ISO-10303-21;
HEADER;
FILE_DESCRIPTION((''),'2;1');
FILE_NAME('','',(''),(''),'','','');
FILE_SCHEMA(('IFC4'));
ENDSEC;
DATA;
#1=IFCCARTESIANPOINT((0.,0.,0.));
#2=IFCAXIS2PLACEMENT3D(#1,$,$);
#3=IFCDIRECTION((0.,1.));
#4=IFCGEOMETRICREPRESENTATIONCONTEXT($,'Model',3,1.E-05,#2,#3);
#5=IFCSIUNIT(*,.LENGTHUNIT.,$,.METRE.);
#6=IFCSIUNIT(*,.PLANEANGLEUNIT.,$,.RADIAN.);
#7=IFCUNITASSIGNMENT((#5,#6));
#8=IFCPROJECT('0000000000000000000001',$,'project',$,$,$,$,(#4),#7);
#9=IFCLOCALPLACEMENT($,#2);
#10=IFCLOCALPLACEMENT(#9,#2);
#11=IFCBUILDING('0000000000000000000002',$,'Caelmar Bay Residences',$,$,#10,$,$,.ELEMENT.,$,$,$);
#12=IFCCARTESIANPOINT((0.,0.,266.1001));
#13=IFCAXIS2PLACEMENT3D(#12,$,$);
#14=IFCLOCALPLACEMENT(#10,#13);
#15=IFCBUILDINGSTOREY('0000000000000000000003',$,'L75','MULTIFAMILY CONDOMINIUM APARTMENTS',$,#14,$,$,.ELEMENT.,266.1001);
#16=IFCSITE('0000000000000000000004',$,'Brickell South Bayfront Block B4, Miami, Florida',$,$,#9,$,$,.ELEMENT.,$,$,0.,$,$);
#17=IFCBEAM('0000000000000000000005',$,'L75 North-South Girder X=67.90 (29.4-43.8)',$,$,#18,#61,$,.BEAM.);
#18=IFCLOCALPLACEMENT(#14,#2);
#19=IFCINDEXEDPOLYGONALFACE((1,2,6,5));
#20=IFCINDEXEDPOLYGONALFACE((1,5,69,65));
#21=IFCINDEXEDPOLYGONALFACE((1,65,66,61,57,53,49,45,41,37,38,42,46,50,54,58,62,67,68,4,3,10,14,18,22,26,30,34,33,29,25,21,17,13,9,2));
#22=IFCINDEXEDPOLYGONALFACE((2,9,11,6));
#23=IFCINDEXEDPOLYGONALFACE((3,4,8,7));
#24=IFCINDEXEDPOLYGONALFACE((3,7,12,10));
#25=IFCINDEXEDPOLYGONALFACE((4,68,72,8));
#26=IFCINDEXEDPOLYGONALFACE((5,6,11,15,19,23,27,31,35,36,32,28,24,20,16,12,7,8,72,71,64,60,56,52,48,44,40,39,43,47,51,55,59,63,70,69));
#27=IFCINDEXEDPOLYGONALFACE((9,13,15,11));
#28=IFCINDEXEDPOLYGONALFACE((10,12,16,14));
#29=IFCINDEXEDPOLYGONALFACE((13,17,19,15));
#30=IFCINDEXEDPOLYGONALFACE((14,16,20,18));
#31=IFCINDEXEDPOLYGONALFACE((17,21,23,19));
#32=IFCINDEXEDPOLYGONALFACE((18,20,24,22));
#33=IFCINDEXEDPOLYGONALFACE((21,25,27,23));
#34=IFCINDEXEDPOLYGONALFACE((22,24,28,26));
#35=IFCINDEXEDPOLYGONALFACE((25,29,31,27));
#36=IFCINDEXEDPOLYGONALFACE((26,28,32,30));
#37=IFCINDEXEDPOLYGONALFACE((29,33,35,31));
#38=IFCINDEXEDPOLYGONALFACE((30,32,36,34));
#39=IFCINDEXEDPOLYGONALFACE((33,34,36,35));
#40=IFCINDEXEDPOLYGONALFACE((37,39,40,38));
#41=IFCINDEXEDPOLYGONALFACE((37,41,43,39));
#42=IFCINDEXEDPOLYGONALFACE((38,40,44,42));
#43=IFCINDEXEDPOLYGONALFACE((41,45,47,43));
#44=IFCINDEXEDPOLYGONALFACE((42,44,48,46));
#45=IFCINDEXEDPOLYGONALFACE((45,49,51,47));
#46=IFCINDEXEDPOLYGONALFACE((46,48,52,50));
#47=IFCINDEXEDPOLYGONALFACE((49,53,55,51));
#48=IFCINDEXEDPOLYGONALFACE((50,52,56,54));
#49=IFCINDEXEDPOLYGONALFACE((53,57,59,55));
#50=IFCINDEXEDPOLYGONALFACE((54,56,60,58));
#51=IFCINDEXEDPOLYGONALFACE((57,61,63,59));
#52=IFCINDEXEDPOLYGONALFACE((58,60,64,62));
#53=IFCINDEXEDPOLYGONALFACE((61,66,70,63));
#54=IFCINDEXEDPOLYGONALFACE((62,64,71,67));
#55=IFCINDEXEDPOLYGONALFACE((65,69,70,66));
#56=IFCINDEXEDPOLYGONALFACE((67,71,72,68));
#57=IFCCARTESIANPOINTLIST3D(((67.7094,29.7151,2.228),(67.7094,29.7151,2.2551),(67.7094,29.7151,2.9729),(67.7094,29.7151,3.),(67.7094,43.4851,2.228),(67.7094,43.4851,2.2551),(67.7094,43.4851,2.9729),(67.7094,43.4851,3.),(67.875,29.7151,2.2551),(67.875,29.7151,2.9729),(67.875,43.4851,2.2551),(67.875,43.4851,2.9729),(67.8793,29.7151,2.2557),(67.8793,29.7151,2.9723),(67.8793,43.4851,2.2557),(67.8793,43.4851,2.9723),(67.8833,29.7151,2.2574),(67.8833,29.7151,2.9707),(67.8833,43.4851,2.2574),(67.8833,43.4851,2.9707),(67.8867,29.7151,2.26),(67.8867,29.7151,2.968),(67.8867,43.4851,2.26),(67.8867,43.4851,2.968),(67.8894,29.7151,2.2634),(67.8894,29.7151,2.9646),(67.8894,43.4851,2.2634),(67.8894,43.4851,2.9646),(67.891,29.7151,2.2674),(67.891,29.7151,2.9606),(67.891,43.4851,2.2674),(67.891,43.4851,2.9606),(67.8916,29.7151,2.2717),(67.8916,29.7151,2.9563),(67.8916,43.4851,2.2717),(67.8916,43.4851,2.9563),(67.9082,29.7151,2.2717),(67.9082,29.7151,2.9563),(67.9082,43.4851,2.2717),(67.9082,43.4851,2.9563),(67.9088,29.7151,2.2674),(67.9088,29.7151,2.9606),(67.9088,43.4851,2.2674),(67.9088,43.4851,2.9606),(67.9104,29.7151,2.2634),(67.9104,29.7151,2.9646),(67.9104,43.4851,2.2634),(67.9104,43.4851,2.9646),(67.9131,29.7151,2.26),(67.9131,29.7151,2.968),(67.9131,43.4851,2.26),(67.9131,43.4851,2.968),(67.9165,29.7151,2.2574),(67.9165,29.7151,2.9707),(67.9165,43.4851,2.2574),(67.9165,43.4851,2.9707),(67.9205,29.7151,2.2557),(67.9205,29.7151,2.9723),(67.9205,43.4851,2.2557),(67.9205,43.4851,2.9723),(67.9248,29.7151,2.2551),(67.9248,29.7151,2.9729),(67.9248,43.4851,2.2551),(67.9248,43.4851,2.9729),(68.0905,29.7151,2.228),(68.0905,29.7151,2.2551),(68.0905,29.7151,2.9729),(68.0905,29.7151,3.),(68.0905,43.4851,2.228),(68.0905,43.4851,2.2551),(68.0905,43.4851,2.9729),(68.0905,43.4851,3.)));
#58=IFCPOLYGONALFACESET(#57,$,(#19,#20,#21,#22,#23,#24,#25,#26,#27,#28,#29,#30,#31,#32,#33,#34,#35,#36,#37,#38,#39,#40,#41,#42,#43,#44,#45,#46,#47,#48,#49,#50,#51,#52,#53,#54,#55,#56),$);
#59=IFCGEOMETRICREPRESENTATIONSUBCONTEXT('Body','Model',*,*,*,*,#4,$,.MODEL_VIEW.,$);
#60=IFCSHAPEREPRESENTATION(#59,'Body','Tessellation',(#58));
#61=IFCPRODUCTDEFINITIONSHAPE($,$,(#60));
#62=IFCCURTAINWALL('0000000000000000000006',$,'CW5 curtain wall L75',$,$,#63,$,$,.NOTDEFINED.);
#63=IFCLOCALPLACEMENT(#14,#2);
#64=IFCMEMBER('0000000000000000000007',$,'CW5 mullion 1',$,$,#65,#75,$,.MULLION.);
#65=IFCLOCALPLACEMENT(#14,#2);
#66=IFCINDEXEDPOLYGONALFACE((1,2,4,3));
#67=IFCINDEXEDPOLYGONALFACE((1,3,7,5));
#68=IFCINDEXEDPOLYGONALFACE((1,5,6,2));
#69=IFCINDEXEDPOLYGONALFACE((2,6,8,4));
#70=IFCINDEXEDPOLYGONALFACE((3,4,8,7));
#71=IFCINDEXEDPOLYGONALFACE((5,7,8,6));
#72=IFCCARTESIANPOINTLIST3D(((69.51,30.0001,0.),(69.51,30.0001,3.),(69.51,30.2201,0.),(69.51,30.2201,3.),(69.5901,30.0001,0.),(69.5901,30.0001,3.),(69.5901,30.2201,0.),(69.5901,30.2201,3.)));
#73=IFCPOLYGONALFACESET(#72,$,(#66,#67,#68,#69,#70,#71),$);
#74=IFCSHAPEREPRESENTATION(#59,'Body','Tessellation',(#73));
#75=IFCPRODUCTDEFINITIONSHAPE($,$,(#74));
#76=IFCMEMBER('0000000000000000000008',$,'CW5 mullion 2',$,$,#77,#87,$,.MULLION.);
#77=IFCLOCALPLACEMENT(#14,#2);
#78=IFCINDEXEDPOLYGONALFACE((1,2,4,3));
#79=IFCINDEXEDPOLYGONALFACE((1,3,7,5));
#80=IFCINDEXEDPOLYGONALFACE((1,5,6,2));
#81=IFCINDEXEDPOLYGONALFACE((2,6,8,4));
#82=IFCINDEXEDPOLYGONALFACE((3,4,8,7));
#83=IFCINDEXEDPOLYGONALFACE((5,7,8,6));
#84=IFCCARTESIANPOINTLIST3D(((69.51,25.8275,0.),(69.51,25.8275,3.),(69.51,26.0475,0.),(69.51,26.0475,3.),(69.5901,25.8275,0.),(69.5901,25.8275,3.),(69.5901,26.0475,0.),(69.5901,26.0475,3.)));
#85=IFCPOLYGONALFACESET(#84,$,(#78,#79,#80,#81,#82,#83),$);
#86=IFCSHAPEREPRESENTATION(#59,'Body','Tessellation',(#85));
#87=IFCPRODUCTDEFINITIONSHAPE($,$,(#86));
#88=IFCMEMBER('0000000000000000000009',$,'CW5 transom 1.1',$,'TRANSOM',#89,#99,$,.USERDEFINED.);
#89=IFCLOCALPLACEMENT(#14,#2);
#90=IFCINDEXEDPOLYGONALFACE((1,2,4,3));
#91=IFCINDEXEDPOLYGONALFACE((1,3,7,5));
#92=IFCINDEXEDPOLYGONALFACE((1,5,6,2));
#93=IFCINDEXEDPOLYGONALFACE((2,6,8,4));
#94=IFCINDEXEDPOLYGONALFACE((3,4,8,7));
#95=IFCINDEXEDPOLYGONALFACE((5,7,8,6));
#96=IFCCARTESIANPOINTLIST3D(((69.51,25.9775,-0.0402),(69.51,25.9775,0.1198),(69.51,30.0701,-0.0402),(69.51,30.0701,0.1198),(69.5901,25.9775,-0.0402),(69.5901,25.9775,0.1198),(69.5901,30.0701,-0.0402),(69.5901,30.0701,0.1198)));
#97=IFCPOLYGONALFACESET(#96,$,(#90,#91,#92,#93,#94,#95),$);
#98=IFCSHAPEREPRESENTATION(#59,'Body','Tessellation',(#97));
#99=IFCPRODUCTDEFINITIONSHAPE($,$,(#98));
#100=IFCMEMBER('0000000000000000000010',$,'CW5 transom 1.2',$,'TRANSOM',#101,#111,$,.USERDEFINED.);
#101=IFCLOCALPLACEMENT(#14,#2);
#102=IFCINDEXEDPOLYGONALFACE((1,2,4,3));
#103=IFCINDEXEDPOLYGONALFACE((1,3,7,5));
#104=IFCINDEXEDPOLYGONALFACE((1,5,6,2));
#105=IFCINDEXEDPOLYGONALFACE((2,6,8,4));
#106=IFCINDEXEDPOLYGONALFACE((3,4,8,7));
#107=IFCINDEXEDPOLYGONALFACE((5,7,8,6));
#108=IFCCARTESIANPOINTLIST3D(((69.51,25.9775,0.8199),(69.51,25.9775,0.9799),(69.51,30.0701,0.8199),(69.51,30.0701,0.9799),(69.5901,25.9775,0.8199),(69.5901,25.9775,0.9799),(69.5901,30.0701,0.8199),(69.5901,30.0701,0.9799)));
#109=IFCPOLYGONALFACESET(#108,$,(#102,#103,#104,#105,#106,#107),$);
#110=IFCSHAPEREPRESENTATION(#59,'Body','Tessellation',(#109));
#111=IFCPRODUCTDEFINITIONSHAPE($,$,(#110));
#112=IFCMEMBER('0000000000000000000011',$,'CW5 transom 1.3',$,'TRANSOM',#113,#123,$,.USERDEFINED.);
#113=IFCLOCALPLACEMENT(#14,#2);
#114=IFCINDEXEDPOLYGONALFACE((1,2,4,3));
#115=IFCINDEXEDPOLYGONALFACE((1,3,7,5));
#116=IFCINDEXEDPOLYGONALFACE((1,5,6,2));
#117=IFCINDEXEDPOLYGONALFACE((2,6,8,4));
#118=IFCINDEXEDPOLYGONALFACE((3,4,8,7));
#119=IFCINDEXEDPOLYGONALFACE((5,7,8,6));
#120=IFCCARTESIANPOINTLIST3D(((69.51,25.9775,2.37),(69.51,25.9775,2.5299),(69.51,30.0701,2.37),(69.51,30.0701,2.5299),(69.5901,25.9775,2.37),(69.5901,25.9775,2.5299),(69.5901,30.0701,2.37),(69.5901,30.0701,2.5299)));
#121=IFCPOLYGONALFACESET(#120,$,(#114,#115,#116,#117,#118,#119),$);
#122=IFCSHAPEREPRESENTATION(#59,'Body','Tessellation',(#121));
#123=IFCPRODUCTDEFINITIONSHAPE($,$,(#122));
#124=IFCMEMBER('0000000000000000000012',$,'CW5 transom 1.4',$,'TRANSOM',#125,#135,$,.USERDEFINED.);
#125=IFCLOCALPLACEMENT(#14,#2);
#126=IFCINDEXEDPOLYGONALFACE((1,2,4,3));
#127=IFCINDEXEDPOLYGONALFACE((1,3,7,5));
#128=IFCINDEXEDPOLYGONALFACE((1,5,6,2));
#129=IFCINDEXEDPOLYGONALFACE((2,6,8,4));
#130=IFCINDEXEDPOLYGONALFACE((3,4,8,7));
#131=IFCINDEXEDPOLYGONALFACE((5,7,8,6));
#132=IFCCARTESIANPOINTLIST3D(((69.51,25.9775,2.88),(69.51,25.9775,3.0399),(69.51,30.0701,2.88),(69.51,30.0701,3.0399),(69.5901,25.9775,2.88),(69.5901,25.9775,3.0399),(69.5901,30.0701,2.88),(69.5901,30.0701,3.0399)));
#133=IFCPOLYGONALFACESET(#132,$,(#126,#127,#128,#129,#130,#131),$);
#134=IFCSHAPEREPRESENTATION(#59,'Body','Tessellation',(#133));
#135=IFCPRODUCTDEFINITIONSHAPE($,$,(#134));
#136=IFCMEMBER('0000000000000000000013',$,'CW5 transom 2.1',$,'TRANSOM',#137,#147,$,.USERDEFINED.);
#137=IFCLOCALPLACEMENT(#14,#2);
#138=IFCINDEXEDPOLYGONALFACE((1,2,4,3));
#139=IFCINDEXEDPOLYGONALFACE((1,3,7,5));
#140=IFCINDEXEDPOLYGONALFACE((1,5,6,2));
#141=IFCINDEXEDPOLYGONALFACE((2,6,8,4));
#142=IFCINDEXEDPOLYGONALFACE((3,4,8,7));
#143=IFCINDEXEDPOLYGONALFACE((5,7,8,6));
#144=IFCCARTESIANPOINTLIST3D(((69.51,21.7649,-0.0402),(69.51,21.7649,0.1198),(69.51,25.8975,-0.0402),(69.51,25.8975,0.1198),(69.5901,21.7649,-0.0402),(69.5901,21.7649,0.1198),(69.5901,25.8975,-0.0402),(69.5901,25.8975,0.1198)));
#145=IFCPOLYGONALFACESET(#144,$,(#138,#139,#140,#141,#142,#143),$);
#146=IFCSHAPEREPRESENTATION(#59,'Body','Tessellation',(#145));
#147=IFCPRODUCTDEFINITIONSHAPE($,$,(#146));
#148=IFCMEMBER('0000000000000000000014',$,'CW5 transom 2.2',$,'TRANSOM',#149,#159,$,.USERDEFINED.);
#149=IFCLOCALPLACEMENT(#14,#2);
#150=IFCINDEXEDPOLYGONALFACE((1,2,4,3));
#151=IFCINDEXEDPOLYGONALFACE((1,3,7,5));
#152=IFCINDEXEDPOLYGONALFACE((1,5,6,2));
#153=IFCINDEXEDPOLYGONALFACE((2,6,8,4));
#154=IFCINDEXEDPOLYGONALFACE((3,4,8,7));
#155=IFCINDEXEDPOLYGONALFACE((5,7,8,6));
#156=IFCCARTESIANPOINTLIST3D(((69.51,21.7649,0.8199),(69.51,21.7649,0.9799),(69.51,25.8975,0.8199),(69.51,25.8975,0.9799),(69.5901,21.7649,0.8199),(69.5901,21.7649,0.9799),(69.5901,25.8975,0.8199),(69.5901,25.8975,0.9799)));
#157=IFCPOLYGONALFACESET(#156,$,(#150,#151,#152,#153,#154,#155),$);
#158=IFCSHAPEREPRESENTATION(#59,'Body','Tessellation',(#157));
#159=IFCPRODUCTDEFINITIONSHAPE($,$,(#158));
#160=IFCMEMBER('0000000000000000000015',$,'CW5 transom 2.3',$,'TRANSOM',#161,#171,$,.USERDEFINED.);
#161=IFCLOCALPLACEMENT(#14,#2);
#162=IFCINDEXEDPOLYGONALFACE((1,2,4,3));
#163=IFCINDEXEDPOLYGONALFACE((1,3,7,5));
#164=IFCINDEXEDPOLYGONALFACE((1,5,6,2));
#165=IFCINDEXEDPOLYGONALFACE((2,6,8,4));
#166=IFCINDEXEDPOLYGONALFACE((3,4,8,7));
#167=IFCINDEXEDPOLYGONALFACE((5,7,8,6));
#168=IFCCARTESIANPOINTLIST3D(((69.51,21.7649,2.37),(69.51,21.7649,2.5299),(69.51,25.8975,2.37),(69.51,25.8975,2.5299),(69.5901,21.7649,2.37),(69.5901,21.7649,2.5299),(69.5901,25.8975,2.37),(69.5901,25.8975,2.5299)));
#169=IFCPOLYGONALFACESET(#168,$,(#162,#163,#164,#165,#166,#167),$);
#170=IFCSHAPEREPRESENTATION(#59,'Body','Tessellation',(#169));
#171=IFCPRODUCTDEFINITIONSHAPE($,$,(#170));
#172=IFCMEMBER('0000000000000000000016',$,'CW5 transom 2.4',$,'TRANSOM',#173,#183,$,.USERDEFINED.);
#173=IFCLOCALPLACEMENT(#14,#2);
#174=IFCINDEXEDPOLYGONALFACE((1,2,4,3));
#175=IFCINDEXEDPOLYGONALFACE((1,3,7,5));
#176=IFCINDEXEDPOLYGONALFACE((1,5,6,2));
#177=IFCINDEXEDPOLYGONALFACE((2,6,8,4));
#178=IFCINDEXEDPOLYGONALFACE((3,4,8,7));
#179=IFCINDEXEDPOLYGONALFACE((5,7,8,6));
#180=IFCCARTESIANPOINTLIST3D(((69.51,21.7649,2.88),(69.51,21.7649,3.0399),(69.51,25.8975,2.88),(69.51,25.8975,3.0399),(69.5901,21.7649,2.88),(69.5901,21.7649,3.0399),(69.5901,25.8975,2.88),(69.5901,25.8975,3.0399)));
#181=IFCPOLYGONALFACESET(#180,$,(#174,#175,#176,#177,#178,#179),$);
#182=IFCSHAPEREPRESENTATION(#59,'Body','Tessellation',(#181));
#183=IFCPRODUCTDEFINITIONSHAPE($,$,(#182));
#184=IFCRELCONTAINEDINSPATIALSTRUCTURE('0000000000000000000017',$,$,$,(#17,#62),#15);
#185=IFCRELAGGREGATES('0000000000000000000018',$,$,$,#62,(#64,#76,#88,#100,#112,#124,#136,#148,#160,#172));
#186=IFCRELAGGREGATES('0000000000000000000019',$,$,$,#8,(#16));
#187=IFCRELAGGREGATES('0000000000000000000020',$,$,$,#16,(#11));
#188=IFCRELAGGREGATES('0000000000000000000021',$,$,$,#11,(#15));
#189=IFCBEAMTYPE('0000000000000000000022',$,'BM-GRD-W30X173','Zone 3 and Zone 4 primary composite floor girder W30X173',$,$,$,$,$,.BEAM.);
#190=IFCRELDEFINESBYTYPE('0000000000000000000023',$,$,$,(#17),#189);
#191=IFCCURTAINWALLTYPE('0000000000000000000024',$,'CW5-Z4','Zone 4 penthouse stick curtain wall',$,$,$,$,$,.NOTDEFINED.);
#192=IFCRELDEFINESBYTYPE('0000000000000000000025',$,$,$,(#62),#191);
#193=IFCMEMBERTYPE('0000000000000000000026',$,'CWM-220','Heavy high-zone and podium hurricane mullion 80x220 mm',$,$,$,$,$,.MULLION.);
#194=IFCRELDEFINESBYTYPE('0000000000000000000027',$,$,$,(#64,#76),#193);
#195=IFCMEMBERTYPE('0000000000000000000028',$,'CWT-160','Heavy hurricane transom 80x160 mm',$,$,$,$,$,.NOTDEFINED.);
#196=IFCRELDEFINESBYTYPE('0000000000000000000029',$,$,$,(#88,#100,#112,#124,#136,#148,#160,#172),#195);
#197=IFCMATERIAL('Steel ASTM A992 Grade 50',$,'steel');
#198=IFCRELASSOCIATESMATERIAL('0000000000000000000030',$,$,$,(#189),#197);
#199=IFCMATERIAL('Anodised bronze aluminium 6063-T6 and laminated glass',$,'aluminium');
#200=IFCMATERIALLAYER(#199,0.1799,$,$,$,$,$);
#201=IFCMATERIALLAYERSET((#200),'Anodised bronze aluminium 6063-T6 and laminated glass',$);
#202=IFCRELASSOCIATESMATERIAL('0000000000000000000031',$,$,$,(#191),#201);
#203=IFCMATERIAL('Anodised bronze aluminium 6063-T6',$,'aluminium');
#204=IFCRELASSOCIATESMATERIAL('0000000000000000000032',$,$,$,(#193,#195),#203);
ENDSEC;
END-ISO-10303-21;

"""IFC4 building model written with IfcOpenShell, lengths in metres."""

from ifc_helpers import new_model, si_unit, direction, frame, origin, origin_2d, place, context, subcontext, project, spatial, rectangle, i_section, extrude, material, layer, layer_set, material_profile, profile_set, type_object, element, aggregate, save


model = new_model("IFC4")

# Units and contexts
model_context = context("Model", 3, precision=1e-05, world=origin(), true_north=direction((0.0, 1.0)))
body_context = subcontext(model_context, "Body", "Model", "MODEL_VIEW")
ifc_project = project(units=[si_unit("LENGTHUNIT", "METRE"), si_unit("PLANEANGLEUNIT", "RADIAN")], contexts=[model_context])

# Site, building, storey
site_placement = place(None, origin())
site = spatial("IfcSite", under=ifc_project, at=site_placement, Name="Brickell South Bayfront Block B4, Miami, Florida", CompositionType="ELEMENT", RefElevation=0.0)
building_placement = place(site_placement, origin())
building = spatial("IfcBuilding", under=site, at=building_placement, Name="Caelmar Bay Residences", CompositionType="ELEMENT")
storey_placement = place(building_placement, frame((0.0, 0.0, 266.1001)))
storey = spatial("IfcBuildingStorey", under=building, at=storey_placement, Name="L75", Description="MULTIFAMILY CONDOMINIUM APARTMENTS", CompositionType="ELEMENT", Elevation=266.1001)

# Beam
ifc_material_1 = material(Name="Steel ASTM A992 Grade 50", Category="steel")
ifc_material_profile_1 = material_profile(ifc_material_1, i_section(OverallWidth=0.3811, OverallDepth=0.772, WebThickness=0.0166, FlangeThickness=0.0271, FilletRadius=0.0166, at=origin_2d()), Name="W30X173")
ifc_profile_set_1 = profile_set([ifc_material_profile_1], Name="Steel ASTM A992 Grade 50")
beam_type_1 = type_object("IfcBeamType", Name="BM-GRD-W30X173", Description="Zone 3 and Zone 4 primary composite floor girder W30X173", PredefinedType="BEAM", material=ifc_profile_set_1)
beam_1_placement = place(storey_placement, frame((67.8999, 29.7151, 2.614), z_axis=(0.0, 1.0, 0.0), x_axis=(-1.0, 0.0, 0.0)))
element("IfcBeam", 1, at=beam_1_placement, inside=storey, type_object=beam_type_1, Name="L75 North-South Girder X=67.90 (29.4-43.8)", PredefinedType="BEAM", context=body_context, shape_type="SweptSolid", body=[
    extrude(i_section(OverallWidth=0.3811, OverallDepth=0.772, WebThickness=0.0166, FlangeThickness=0.0271, FilletRadius=0.0166, at=origin_2d()), origin(), (0.0, 0.0, 1.0), 13.77),
])

# Curtain wall, members
ifc_material_2 = material(Name="Anodised bronze aluminium 6063-T6 and laminated glass", Category="aluminium")
ifc_layer_1 = layer(ifc_material_2, 0.1799)
ifc_layer_set_1 = layer_set([ifc_layer_1], Name="Anodised bronze aluminium 6063-T6 and laminated glass")
curtain_wall_type = type_object("IfcCurtainWallType", Name="CW5-Z4", Description="Zone 4 penthouse stick curtain wall", PredefinedType="NOTDEFINED", material=ifc_layer_set_1)
curtain_wall_placement = place(storey_placement, origin())
curtain_wall = element("IfcCurtainWall", 2, at=curtain_wall_placement, inside=storey, type_object=curtain_wall_type, Name="CW5 curtain wall L75", PredefinedType="NOTDEFINED")
ifc_material_3 = material(Name="Anodised bronze aluminium 6063-T6", Category="aluminium")
ifc_material_profile_2 = material_profile(ifc_material_3, rectangle(XDim=0.0801, YDim=0.22, at=origin_2d()), Name="CWM-80X220")
ifc_profile_set_2 = profile_set([ifc_material_profile_2], Name="Anodised bronze aluminium 6063-T6")
member_type_1 = type_object("IfcMemberType", Name="CWM-220", Description="Heavy high-zone and podium hurricane mullion 80x220 mm", PredefinedType="MULLION", material=ifc_profile_set_2)
member_1_placement = place(storey_placement, frame((69.55, 30.1101, 0.0), z_axis=(0.0, 0.0, 1.0), x_axis=(1.0, 0.0, 0.0)))
member_1 = element("IfcMember", 3, at=member_1_placement, type_object=member_type_1, Name="CW5 mullion 1", PredefinedType="MULLION", context=body_context, shape_type="SweptSolid", body=[
    extrude(rectangle(XDim=0.0801, YDim=0.22, at=origin_2d()), origin(), (0.0, 0.0, 1.0), 3.0),
])
member_2_placement = place(storey_placement, frame((69.55, 25.9375, 0.0), z_axis=(0.0, 0.0, 1.0), x_axis=(1.0, 0.0, 0.0)))
member_2 = element("IfcMember", 4, at=member_2_placement, type_object=member_type_1, Name="CW5 mullion 2", PredefinedType="MULLION", context=body_context, shape_type="SweptSolid", body=[
    extrude(rectangle(XDim=0.0801, YDim=0.22, at=origin_2d()), origin(), (0.0, 0.0, 1.0), 3.0),
])
ifc_material_profile_3 = material_profile(ifc_material_3, rectangle(XDim=0.0801, YDim=0.1599, at=origin_2d()), Name="CWT-80X160")
ifc_profile_set_3 = profile_set([ifc_material_profile_3], Name="Anodised bronze aluminium 6063-T6")
member_type_2 = type_object("IfcMemberType", Name="CWT-160", Description="Heavy hurricane transom 80x160 mm", PredefinedType="NOTDEFINED", material=ifc_profile_set_3)
member_3_placement = place(storey_placement, frame((69.55, 30.0701, 0.0398), z_axis=(0.0, -1.0, 0.0), x_axis=(1.0, 0.0, 0.0)))
member_3 = element("IfcMember", 5, at=member_3_placement, type_object=member_type_2, Name="CW5 transom 1.1", ObjectType="TRANSOM", PredefinedType="USERDEFINED", context=body_context, shape_type="SweptSolid", body=[
    extrude(rectangle(XDim=0.0801, YDim=0.1599, at=origin_2d()), origin(), (0.0, 0.0, 1.0), 4.0925),
])
member_4_placement = place(storey_placement, frame((69.55, 30.0701, 0.8999), z_axis=(0.0, -1.0, 0.0), x_axis=(1.0, 0.0, 0.0)))
member_4 = element("IfcMember", 6, at=member_4_placement, type_object=member_type_2, Name="CW5 transom 1.2", ObjectType="TRANSOM", PredefinedType="USERDEFINED", context=body_context, shape_type="SweptSolid", body=[
    extrude(rectangle(XDim=0.0801, YDim=0.1599, at=origin_2d()), origin(), (0.0, 0.0, 1.0), 4.0925),
])
member_5_placement = place(storey_placement, frame((69.55, 30.0701, 2.45), z_axis=(0.0, -1.0, 0.0), x_axis=(1.0, 0.0, 0.0)))
member_5 = element("IfcMember", 7, at=member_5_placement, type_object=member_type_2, Name="CW5 transom 1.3", ObjectType="TRANSOM", PredefinedType="USERDEFINED", context=body_context, shape_type="SweptSolid", body=[
    extrude(rectangle(XDim=0.0801, YDim=0.1599, at=origin_2d()), origin(), (0.0, 0.0, 1.0), 4.0925),
])
member_6_placement = place(storey_placement, frame((69.55, 30.0701, 2.96), z_axis=(0.0, -1.0, 0.0), x_axis=(1.0, 0.0, 0.0)))
member_6 = element("IfcMember", 8, at=member_6_placement, type_object=member_type_2, Name="CW5 transom 1.4", ObjectType="TRANSOM", PredefinedType="USERDEFINED", context=body_context, shape_type="SweptSolid", body=[
    extrude(rectangle(XDim=0.0801, YDim=0.1599, at=origin_2d()), origin(), (0.0, 0.0, 1.0), 4.0925),
])
member_7_placement = place(storey_placement, frame((69.55, 25.8975, 0.0398), z_axis=(0.0, -1.0, 0.0), x_axis=(1.0, 0.0, 0.0)))
member_7 = element("IfcMember", 9, at=member_7_placement, type_object=member_type_2, Name="CW5 transom 2.1", ObjectType="TRANSOM", PredefinedType="USERDEFINED", context=body_context, shape_type="SweptSolid", body=[
    extrude(rectangle(XDim=0.0801, YDim=0.1599, at=origin_2d()), origin(), (0.0, 0.0, 1.0), 4.1326),
])
member_8_placement = place(storey_placement, frame((69.55, 25.8975, 0.8999), z_axis=(0.0, -1.0, 0.0), x_axis=(1.0, 0.0, 0.0)))
member_8 = element("IfcMember", 10, at=member_8_placement, type_object=member_type_2, Name="CW5 transom 2.2", ObjectType="TRANSOM", PredefinedType="USERDEFINED", context=body_context, shape_type="SweptSolid", body=[
    extrude(rectangle(XDim=0.0801, YDim=0.1599, at=origin_2d()), origin(), (0.0, 0.0, 1.0), 4.1326),
])
member_9_placement = place(storey_placement, frame((69.55, 25.8975, 2.45), z_axis=(0.0, -1.0, 0.0), x_axis=(1.0, 0.0, 0.0)))
member_9 = element("IfcMember", 11, at=member_9_placement, type_object=member_type_2, Name="CW5 transom 2.3", ObjectType="TRANSOM", PredefinedType="USERDEFINED", context=body_context, shape_type="SweptSolid", body=[
    extrude(rectangle(XDim=0.0801, YDim=0.1599, at=origin_2d()), origin(), (0.0, 0.0, 1.0), 4.1326),
])
member_10_placement = place(storey_placement, frame((69.55, 25.8975, 2.96), z_axis=(0.0, -1.0, 0.0), x_axis=(1.0, 0.0, 0.0)))
member_10 = element("IfcMember", 12, at=member_10_placement, type_object=member_type_2, Name="CW5 transom 2.4", ObjectType="TRANSOM", PredefinedType="USERDEFINED", context=body_context, shape_type="SweptSolid", body=[
    extrude(rectangle(XDim=0.0801, YDim=0.1599, at=origin_2d()), origin(), (0.0, 0.0, 1.0), 4.1326),
])
aggregate(curtain_wall, [member_1, member_2, member_3, member_4, member_5, member_6, member_7, member_8, member_9, member_10])

save(model, "model.ifc")
